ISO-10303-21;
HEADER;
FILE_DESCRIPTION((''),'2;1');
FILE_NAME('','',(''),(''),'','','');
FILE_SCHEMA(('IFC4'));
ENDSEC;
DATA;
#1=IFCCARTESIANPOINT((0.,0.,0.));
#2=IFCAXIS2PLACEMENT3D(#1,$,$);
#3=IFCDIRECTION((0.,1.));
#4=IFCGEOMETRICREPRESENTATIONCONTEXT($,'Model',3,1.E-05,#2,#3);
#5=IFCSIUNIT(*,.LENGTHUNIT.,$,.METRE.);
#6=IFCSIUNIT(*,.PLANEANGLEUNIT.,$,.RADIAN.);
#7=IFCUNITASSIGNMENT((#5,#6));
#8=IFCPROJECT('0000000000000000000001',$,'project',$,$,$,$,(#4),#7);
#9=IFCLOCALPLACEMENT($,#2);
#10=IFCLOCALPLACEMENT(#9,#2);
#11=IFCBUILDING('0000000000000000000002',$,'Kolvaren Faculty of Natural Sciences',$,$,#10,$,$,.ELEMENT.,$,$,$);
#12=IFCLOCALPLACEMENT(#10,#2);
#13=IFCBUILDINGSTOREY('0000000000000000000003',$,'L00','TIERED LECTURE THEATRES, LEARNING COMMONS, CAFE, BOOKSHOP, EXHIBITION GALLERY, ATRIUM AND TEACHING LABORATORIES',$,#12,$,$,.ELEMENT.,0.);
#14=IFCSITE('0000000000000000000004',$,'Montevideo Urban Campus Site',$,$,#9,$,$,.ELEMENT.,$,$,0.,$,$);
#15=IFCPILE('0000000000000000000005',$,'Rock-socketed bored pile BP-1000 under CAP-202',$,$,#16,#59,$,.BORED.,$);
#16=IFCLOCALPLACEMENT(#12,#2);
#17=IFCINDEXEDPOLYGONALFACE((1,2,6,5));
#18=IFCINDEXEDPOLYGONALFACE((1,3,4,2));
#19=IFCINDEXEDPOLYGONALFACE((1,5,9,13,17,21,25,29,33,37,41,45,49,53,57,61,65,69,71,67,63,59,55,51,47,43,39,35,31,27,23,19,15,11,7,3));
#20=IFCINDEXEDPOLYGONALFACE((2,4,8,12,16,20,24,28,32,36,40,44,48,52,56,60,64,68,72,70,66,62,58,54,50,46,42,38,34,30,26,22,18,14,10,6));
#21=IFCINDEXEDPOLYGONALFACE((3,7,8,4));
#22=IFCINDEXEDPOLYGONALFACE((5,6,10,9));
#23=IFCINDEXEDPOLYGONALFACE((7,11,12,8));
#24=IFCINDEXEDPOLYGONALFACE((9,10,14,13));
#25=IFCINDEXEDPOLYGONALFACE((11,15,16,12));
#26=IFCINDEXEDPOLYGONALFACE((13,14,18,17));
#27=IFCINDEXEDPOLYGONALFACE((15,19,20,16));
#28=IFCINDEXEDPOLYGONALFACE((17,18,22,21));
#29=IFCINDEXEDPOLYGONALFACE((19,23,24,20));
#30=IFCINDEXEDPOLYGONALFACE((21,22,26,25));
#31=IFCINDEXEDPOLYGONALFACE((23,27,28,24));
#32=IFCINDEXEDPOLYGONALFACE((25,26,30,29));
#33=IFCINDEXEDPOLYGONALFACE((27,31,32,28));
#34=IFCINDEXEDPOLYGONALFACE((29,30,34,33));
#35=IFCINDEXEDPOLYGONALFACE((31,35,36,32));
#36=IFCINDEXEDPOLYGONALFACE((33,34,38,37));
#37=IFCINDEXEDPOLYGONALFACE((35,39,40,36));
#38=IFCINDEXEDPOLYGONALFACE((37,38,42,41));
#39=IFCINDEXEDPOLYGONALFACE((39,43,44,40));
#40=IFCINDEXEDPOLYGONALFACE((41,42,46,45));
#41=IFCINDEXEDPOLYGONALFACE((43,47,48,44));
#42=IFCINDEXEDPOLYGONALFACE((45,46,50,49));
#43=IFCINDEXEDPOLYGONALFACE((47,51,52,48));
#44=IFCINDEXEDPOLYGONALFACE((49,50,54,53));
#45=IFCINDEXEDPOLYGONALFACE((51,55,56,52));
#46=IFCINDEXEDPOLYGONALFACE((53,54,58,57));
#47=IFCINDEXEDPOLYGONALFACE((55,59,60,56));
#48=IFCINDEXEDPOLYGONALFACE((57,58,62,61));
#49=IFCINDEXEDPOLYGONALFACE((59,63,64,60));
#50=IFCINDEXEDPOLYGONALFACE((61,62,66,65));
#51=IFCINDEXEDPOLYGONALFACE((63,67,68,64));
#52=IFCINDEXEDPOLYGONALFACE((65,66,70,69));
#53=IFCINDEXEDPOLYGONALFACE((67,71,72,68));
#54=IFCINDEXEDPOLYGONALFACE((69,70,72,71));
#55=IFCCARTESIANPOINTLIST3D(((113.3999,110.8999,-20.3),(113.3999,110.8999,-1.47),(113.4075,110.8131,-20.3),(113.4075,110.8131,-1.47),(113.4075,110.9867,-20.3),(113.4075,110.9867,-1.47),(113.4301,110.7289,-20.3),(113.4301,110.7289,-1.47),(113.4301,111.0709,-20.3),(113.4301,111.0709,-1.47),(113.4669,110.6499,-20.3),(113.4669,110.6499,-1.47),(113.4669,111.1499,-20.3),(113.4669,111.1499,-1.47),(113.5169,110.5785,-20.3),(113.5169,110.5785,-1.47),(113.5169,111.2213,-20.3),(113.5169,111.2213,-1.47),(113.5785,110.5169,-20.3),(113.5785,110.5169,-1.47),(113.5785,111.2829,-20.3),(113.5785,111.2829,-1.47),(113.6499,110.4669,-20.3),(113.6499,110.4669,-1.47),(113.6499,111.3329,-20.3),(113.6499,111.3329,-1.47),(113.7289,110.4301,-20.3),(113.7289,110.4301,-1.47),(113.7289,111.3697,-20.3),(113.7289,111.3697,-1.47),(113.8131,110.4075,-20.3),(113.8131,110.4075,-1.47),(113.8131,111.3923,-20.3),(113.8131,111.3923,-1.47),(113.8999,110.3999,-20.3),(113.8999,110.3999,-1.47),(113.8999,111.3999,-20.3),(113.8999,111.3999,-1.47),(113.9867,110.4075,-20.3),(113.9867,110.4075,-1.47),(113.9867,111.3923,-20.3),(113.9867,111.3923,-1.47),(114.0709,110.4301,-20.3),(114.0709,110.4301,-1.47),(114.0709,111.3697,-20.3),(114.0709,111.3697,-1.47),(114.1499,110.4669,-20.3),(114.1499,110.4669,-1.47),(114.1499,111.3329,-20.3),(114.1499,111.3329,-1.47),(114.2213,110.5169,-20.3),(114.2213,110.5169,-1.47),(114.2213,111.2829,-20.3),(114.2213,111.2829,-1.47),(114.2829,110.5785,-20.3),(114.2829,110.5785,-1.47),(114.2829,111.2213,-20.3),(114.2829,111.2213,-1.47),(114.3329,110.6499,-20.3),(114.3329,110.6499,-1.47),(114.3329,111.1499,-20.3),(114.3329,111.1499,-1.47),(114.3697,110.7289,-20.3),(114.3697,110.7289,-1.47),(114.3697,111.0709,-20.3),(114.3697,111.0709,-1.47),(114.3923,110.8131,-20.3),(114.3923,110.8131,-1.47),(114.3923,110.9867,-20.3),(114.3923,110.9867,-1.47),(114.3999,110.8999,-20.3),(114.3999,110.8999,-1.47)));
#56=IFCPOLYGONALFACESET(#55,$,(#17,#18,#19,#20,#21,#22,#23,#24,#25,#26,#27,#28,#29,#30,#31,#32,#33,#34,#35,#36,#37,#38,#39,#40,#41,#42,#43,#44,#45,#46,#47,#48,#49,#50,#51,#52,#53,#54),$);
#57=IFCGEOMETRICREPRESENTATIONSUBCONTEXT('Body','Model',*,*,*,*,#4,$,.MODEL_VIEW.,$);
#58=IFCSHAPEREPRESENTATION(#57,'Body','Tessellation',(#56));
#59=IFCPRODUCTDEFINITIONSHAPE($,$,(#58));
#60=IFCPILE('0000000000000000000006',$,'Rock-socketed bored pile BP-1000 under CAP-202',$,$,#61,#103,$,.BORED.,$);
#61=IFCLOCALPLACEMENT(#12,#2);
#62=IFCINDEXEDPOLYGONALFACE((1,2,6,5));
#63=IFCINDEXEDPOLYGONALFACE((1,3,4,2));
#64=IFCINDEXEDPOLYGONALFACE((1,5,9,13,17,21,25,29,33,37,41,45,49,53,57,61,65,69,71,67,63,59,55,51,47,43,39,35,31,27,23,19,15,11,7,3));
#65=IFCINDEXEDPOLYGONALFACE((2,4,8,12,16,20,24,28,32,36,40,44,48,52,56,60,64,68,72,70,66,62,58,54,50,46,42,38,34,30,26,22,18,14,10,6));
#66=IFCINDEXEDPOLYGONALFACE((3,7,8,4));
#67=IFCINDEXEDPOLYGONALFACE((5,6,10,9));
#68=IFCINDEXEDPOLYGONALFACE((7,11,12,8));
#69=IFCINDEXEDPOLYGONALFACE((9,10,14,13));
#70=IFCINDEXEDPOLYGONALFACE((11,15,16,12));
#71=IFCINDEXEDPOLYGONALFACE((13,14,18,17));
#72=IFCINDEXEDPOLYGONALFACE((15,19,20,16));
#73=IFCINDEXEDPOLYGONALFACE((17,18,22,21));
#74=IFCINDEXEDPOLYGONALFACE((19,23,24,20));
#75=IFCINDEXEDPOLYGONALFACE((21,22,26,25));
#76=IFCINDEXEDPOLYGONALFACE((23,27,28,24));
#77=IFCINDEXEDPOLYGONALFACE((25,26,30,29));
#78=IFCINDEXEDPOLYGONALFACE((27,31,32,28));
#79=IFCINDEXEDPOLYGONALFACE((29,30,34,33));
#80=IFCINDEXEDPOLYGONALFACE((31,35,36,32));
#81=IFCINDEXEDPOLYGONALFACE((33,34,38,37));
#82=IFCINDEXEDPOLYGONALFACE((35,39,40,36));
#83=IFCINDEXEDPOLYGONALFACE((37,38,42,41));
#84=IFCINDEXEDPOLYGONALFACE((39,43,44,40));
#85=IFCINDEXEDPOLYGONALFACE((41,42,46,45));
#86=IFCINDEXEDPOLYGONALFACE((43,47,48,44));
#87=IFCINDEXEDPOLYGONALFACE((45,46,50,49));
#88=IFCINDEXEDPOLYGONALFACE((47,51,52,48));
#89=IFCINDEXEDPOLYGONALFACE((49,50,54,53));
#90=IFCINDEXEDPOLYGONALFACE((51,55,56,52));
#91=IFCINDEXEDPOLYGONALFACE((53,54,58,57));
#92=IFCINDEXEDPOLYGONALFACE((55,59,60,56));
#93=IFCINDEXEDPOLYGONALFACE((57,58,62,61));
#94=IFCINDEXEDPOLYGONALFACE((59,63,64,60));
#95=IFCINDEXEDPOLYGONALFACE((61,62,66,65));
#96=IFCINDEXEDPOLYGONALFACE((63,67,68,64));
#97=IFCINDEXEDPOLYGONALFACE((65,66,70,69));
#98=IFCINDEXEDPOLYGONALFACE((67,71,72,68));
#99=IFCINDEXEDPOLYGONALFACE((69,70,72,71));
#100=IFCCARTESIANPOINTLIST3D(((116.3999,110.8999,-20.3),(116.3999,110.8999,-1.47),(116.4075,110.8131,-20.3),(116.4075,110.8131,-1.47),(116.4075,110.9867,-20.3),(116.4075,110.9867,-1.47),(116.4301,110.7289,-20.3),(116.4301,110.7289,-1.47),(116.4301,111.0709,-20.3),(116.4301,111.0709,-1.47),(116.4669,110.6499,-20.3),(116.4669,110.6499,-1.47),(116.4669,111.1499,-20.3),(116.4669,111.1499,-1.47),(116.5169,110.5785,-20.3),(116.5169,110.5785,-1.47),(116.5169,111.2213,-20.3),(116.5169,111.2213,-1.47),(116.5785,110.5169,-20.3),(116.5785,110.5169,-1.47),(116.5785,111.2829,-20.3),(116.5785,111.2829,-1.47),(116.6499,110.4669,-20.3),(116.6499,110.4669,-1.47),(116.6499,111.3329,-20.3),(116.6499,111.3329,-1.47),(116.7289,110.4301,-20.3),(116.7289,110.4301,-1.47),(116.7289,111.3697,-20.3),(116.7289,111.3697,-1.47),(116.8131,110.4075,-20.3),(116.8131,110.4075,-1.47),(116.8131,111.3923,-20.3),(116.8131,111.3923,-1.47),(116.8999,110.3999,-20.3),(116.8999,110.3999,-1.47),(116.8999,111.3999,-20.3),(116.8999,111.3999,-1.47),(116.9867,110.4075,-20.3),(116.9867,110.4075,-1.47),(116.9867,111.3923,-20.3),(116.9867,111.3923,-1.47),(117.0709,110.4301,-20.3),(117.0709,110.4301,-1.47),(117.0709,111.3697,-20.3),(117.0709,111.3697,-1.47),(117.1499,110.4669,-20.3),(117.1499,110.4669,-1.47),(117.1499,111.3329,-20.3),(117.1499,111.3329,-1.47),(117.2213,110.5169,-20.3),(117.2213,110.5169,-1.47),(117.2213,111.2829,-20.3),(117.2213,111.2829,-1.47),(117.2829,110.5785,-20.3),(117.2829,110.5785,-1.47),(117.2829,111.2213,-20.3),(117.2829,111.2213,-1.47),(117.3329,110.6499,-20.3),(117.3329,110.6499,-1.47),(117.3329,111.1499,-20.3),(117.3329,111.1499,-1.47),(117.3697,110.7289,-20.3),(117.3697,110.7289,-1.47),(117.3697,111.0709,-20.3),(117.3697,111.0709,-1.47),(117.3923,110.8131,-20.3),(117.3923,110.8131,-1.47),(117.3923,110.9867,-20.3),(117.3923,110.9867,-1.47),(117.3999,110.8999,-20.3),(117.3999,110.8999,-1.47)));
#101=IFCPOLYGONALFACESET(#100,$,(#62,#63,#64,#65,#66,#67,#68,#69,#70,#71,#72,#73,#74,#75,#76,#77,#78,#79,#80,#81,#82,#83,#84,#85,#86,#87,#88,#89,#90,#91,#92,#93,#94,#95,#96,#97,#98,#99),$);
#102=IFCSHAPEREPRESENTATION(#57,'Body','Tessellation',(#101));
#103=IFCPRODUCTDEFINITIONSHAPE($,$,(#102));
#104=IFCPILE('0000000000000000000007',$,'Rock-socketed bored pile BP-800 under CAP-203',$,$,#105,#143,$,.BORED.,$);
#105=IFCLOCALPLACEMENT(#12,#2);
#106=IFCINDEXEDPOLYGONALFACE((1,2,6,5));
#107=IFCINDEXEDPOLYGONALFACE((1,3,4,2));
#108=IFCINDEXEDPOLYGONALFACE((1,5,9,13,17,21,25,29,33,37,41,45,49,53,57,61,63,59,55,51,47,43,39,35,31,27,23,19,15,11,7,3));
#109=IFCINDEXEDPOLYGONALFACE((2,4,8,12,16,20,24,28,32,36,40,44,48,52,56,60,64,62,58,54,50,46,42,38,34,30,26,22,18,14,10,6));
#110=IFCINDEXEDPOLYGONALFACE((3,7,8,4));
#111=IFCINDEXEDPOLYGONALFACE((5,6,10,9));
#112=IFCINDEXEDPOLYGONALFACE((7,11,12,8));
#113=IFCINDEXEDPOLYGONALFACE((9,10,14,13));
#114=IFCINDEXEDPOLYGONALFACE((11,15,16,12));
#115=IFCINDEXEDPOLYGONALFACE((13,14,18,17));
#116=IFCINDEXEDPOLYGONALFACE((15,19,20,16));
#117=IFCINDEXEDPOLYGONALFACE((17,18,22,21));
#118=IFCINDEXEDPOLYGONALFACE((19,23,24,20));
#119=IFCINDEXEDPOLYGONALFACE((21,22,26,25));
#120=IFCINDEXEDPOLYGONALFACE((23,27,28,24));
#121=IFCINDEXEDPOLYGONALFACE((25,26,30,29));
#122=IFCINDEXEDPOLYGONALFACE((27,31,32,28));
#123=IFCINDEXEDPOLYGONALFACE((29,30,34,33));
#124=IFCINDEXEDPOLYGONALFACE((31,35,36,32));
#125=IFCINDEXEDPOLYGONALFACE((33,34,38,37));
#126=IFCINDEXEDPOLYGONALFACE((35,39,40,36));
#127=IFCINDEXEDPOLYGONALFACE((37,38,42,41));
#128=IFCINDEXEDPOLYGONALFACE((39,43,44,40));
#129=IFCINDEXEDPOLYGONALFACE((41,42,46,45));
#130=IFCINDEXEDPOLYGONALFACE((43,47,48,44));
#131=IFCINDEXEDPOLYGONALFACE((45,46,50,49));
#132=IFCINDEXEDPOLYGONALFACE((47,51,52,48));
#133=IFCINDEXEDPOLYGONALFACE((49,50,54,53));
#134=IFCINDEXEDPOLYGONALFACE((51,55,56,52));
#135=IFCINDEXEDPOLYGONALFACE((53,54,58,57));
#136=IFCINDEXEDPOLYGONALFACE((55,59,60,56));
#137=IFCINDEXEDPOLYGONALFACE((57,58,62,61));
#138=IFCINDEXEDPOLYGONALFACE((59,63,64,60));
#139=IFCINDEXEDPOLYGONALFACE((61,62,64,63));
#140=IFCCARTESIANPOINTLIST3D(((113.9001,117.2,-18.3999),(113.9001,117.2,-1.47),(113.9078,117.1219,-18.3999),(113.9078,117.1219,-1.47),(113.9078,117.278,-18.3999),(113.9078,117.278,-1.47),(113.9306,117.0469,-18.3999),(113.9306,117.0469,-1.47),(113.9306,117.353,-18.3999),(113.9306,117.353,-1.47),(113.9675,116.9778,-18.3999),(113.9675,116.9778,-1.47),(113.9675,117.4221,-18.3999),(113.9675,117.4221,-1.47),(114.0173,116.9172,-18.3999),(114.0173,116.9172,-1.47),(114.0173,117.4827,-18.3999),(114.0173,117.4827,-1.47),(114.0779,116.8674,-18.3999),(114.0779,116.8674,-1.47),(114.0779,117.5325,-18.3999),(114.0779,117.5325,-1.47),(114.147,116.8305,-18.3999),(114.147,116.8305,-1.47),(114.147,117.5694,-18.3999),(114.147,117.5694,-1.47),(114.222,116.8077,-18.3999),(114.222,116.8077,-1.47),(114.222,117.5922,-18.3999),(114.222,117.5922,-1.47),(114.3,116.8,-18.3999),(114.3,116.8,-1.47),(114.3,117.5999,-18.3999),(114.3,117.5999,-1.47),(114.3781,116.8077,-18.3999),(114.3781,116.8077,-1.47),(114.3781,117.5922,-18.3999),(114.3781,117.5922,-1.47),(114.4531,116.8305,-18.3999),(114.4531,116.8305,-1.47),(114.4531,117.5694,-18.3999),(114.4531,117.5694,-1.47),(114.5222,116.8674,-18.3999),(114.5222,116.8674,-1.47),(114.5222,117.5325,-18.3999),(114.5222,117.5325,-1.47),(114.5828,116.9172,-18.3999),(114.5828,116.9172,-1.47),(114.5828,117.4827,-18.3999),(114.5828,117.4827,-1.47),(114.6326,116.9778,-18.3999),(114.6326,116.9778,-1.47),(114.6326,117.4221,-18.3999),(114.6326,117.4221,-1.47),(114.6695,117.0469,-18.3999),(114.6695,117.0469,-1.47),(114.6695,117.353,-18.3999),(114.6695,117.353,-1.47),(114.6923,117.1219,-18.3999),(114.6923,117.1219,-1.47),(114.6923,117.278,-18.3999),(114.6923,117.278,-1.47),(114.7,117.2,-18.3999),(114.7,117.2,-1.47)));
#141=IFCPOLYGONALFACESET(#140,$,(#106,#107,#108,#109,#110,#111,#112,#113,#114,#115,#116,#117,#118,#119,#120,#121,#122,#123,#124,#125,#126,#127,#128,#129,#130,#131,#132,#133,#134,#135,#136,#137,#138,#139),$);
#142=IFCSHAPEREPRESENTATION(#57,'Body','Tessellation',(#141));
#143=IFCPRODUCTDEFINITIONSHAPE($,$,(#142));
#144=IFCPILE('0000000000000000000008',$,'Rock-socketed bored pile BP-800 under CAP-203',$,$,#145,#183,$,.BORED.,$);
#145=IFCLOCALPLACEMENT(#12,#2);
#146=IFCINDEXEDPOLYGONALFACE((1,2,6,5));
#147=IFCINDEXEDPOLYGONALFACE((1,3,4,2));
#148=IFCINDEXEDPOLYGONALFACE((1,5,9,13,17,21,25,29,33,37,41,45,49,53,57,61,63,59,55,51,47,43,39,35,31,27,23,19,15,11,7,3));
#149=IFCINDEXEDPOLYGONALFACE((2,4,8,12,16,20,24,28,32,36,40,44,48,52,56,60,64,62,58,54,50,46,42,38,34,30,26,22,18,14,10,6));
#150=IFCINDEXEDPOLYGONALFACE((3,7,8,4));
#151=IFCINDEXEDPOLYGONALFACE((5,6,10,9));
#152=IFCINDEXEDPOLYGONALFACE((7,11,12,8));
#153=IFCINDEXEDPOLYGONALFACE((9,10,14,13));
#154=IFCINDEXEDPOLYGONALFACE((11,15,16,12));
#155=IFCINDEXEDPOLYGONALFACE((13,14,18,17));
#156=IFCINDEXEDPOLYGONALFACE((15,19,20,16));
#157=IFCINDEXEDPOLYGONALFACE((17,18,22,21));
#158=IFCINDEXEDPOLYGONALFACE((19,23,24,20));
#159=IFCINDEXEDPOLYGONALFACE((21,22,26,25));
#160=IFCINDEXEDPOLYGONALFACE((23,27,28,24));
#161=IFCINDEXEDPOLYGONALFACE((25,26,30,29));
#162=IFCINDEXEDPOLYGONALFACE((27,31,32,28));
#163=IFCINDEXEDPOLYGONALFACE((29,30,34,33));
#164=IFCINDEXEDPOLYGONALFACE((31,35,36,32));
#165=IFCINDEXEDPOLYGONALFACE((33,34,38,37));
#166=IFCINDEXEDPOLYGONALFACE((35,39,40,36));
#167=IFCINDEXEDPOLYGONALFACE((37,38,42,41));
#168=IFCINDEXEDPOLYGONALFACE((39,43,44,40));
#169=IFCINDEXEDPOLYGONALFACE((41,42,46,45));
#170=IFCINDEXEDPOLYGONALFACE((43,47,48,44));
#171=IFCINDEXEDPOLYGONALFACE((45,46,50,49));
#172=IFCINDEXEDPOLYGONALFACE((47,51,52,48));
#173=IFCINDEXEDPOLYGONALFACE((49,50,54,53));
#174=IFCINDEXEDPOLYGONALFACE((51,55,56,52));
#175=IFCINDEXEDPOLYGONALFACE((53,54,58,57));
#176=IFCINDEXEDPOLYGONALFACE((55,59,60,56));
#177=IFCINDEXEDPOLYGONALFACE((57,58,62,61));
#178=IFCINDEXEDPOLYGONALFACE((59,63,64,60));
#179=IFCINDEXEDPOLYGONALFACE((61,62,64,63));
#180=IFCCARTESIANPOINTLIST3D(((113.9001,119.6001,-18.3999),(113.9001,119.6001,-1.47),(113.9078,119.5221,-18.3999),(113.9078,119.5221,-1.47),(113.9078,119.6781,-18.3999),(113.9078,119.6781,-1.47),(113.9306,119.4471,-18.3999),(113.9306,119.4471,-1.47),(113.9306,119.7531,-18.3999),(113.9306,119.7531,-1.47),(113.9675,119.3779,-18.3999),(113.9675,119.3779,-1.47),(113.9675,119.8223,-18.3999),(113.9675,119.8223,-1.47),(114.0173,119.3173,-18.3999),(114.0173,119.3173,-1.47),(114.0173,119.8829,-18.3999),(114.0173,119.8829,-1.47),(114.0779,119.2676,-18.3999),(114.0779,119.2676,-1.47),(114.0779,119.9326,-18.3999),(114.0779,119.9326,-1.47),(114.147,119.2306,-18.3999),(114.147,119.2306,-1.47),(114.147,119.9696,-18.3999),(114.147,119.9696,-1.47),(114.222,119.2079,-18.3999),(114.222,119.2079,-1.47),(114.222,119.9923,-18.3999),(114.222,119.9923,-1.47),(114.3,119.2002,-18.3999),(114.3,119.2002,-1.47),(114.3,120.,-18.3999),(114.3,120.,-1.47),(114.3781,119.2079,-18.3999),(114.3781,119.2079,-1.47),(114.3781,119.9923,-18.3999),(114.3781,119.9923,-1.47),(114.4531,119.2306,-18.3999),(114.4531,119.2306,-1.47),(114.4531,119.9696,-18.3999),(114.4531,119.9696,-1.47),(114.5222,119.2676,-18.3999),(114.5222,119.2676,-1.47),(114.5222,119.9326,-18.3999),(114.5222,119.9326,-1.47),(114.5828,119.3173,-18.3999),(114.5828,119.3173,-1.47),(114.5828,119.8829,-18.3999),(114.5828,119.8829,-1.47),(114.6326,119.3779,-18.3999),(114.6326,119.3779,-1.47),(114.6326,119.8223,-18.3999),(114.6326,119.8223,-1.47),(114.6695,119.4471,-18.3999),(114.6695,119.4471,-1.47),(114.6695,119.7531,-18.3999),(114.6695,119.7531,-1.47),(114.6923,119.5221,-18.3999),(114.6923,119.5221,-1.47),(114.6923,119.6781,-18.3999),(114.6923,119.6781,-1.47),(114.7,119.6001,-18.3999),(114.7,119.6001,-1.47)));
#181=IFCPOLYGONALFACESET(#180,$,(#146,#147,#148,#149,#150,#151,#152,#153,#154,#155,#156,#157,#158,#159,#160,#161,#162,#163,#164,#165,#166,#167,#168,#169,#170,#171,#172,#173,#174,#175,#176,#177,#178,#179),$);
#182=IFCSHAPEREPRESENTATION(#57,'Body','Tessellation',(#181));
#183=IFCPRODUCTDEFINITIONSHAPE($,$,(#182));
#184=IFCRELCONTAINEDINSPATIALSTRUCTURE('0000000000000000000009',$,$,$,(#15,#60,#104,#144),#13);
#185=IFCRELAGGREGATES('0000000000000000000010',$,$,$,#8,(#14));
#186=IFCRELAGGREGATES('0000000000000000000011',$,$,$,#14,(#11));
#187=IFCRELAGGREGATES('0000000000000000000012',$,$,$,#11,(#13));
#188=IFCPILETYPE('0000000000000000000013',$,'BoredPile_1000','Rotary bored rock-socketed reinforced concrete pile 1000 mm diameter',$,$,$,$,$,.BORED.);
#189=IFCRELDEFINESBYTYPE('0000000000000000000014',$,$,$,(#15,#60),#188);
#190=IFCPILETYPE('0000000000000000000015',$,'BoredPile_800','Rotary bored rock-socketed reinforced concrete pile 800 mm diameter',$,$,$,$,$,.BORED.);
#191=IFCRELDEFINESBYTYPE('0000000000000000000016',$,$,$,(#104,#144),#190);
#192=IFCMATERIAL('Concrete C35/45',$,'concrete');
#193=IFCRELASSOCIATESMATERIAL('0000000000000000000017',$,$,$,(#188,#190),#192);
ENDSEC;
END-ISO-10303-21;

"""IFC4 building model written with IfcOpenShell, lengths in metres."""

from ifc_helpers import new_model, si_unit, direction, frame, origin, origin_2d, place, context, subcontext, project, spatial, circle, extrude, material, material_profile, profile_set, type_object, element, save


model = new_model("IFC4")

# Units and contexts
model_context = context("Model", 3, precision=1e-05, world=origin(), true_north=direction((0.0, 1.0)))
body_context = subcontext(model_context, "Body", "Model", "MODEL_VIEW")
ifc_project = project(units=[si_unit("LENGTHUNIT", "METRE"), si_unit("PLANEANGLEUNIT", "RADIAN")], contexts=[model_context])

# Site, building, storey
site_placement = place(None, origin())
site = spatial("IfcSite", under=ifc_project, at=site_placement, Name="Montevideo Urban Campus Site", CompositionType="ELEMENT", RefElevation=0.0)
building_placement = place(site_placement, origin())
building = spatial("IfcBuilding", under=site, at=building_placement, Name="Kolvaren Faculty of Natural Sciences", CompositionType="ELEMENT")
storey_placement = place(building_placement, origin())
storey = spatial("IfcBuildingStorey", under=building, at=storey_placement, Name="L00", Description="TIERED LECTURE THEATRES, LEARNING COMMONS, CAFE, BOOKSHOP, EXHIBITION GALLERY, ATRIUM AND TEACHING LABORATORIES", CompositionType="ELEMENT", Elevation=0.0)

# Piles
ifc_material_1 = material(Name="Concrete C35/45", Category="concrete")
ifc_material_profile_1 = material_profile(ifc_material_1, circle(Radius=0.5, at=origin_2d()), Name="PILE D1000")
ifc_profile_set_1 = profile_set([ifc_material_profile_1], Name="Concrete C35/45")
pile_type_1 = type_object("IfcPileType", Name="BoredPile_1000", Description="Rotary bored rock-socketed reinforced concrete pile 1000 mm diameter", PredefinedType="BORED", material=ifc_profile_set_1)
for number, where, z_axis, x_axis, name in (
    (1, (113.8999, 110.8999, -1.47), (0.0, 0.0, -1.0), (1.0, 0.0, 0.0), "Rock-socketed bored pile BP-1000 under CAP-202"),
    (2, (116.8999, 110.8999, -1.47), (0.0, 0.0, -1.0), (1.0, 0.0, 0.0), "Rock-socketed bored pile BP-1000 under CAP-202"),
):
    element("IfcPile", number, at=place(storey_placement, frame(where, z_axis=z_axis, x_axis=x_axis)), inside=storey, type_object=pile_type_1, Name=name, PredefinedType="BORED", context=body_context, shape_type="SweptSolid", body=[
        extrude(circle(Radius=0.5, at=origin_2d()), origin(), (0.0, 0.0, 1.0), 18.8301),
    ])
ifc_material_profile_2 = material_profile(ifc_material_1, circle(Radius=0.3999, at=origin_2d()), Name="PILE D800")
ifc_profile_set_2 = profile_set([ifc_material_profile_2], Name="Concrete C35/45")
pile_type_2 = type_object("IfcPileType", Name="BoredPile_800", Description="Rotary bored rock-socketed reinforced concrete pile 800 mm diameter", PredefinedType="BORED", material=ifc_profile_set_2)
for number, where, z_axis, x_axis, name in (
    (3, (114.3, 117.2, -1.47), (0.0, 0.0, -1.0), (1.0, 0.0, 0.0), "Rock-socketed bored pile BP-800 under CAP-203"),
    (4, (114.3, 119.6001, -1.47), (0.0, 0.0, -1.0), (1.0, 0.0, 0.0), "Rock-socketed bored pile BP-800 under CAP-203"),
):
    element("IfcPile", number, at=place(storey_placement, frame(where, z_axis=z_axis, x_axis=x_axis)), inside=storey, type_object=pile_type_2, Name=name, PredefinedType="BORED", context=body_context, shape_type="SweptSolid", body=[
        extrude(circle(Radius=0.3999, at=origin_2d()), origin(), (0.0, 0.0, 1.0), 16.9299),
    ])

save(model, "model.ifc")
